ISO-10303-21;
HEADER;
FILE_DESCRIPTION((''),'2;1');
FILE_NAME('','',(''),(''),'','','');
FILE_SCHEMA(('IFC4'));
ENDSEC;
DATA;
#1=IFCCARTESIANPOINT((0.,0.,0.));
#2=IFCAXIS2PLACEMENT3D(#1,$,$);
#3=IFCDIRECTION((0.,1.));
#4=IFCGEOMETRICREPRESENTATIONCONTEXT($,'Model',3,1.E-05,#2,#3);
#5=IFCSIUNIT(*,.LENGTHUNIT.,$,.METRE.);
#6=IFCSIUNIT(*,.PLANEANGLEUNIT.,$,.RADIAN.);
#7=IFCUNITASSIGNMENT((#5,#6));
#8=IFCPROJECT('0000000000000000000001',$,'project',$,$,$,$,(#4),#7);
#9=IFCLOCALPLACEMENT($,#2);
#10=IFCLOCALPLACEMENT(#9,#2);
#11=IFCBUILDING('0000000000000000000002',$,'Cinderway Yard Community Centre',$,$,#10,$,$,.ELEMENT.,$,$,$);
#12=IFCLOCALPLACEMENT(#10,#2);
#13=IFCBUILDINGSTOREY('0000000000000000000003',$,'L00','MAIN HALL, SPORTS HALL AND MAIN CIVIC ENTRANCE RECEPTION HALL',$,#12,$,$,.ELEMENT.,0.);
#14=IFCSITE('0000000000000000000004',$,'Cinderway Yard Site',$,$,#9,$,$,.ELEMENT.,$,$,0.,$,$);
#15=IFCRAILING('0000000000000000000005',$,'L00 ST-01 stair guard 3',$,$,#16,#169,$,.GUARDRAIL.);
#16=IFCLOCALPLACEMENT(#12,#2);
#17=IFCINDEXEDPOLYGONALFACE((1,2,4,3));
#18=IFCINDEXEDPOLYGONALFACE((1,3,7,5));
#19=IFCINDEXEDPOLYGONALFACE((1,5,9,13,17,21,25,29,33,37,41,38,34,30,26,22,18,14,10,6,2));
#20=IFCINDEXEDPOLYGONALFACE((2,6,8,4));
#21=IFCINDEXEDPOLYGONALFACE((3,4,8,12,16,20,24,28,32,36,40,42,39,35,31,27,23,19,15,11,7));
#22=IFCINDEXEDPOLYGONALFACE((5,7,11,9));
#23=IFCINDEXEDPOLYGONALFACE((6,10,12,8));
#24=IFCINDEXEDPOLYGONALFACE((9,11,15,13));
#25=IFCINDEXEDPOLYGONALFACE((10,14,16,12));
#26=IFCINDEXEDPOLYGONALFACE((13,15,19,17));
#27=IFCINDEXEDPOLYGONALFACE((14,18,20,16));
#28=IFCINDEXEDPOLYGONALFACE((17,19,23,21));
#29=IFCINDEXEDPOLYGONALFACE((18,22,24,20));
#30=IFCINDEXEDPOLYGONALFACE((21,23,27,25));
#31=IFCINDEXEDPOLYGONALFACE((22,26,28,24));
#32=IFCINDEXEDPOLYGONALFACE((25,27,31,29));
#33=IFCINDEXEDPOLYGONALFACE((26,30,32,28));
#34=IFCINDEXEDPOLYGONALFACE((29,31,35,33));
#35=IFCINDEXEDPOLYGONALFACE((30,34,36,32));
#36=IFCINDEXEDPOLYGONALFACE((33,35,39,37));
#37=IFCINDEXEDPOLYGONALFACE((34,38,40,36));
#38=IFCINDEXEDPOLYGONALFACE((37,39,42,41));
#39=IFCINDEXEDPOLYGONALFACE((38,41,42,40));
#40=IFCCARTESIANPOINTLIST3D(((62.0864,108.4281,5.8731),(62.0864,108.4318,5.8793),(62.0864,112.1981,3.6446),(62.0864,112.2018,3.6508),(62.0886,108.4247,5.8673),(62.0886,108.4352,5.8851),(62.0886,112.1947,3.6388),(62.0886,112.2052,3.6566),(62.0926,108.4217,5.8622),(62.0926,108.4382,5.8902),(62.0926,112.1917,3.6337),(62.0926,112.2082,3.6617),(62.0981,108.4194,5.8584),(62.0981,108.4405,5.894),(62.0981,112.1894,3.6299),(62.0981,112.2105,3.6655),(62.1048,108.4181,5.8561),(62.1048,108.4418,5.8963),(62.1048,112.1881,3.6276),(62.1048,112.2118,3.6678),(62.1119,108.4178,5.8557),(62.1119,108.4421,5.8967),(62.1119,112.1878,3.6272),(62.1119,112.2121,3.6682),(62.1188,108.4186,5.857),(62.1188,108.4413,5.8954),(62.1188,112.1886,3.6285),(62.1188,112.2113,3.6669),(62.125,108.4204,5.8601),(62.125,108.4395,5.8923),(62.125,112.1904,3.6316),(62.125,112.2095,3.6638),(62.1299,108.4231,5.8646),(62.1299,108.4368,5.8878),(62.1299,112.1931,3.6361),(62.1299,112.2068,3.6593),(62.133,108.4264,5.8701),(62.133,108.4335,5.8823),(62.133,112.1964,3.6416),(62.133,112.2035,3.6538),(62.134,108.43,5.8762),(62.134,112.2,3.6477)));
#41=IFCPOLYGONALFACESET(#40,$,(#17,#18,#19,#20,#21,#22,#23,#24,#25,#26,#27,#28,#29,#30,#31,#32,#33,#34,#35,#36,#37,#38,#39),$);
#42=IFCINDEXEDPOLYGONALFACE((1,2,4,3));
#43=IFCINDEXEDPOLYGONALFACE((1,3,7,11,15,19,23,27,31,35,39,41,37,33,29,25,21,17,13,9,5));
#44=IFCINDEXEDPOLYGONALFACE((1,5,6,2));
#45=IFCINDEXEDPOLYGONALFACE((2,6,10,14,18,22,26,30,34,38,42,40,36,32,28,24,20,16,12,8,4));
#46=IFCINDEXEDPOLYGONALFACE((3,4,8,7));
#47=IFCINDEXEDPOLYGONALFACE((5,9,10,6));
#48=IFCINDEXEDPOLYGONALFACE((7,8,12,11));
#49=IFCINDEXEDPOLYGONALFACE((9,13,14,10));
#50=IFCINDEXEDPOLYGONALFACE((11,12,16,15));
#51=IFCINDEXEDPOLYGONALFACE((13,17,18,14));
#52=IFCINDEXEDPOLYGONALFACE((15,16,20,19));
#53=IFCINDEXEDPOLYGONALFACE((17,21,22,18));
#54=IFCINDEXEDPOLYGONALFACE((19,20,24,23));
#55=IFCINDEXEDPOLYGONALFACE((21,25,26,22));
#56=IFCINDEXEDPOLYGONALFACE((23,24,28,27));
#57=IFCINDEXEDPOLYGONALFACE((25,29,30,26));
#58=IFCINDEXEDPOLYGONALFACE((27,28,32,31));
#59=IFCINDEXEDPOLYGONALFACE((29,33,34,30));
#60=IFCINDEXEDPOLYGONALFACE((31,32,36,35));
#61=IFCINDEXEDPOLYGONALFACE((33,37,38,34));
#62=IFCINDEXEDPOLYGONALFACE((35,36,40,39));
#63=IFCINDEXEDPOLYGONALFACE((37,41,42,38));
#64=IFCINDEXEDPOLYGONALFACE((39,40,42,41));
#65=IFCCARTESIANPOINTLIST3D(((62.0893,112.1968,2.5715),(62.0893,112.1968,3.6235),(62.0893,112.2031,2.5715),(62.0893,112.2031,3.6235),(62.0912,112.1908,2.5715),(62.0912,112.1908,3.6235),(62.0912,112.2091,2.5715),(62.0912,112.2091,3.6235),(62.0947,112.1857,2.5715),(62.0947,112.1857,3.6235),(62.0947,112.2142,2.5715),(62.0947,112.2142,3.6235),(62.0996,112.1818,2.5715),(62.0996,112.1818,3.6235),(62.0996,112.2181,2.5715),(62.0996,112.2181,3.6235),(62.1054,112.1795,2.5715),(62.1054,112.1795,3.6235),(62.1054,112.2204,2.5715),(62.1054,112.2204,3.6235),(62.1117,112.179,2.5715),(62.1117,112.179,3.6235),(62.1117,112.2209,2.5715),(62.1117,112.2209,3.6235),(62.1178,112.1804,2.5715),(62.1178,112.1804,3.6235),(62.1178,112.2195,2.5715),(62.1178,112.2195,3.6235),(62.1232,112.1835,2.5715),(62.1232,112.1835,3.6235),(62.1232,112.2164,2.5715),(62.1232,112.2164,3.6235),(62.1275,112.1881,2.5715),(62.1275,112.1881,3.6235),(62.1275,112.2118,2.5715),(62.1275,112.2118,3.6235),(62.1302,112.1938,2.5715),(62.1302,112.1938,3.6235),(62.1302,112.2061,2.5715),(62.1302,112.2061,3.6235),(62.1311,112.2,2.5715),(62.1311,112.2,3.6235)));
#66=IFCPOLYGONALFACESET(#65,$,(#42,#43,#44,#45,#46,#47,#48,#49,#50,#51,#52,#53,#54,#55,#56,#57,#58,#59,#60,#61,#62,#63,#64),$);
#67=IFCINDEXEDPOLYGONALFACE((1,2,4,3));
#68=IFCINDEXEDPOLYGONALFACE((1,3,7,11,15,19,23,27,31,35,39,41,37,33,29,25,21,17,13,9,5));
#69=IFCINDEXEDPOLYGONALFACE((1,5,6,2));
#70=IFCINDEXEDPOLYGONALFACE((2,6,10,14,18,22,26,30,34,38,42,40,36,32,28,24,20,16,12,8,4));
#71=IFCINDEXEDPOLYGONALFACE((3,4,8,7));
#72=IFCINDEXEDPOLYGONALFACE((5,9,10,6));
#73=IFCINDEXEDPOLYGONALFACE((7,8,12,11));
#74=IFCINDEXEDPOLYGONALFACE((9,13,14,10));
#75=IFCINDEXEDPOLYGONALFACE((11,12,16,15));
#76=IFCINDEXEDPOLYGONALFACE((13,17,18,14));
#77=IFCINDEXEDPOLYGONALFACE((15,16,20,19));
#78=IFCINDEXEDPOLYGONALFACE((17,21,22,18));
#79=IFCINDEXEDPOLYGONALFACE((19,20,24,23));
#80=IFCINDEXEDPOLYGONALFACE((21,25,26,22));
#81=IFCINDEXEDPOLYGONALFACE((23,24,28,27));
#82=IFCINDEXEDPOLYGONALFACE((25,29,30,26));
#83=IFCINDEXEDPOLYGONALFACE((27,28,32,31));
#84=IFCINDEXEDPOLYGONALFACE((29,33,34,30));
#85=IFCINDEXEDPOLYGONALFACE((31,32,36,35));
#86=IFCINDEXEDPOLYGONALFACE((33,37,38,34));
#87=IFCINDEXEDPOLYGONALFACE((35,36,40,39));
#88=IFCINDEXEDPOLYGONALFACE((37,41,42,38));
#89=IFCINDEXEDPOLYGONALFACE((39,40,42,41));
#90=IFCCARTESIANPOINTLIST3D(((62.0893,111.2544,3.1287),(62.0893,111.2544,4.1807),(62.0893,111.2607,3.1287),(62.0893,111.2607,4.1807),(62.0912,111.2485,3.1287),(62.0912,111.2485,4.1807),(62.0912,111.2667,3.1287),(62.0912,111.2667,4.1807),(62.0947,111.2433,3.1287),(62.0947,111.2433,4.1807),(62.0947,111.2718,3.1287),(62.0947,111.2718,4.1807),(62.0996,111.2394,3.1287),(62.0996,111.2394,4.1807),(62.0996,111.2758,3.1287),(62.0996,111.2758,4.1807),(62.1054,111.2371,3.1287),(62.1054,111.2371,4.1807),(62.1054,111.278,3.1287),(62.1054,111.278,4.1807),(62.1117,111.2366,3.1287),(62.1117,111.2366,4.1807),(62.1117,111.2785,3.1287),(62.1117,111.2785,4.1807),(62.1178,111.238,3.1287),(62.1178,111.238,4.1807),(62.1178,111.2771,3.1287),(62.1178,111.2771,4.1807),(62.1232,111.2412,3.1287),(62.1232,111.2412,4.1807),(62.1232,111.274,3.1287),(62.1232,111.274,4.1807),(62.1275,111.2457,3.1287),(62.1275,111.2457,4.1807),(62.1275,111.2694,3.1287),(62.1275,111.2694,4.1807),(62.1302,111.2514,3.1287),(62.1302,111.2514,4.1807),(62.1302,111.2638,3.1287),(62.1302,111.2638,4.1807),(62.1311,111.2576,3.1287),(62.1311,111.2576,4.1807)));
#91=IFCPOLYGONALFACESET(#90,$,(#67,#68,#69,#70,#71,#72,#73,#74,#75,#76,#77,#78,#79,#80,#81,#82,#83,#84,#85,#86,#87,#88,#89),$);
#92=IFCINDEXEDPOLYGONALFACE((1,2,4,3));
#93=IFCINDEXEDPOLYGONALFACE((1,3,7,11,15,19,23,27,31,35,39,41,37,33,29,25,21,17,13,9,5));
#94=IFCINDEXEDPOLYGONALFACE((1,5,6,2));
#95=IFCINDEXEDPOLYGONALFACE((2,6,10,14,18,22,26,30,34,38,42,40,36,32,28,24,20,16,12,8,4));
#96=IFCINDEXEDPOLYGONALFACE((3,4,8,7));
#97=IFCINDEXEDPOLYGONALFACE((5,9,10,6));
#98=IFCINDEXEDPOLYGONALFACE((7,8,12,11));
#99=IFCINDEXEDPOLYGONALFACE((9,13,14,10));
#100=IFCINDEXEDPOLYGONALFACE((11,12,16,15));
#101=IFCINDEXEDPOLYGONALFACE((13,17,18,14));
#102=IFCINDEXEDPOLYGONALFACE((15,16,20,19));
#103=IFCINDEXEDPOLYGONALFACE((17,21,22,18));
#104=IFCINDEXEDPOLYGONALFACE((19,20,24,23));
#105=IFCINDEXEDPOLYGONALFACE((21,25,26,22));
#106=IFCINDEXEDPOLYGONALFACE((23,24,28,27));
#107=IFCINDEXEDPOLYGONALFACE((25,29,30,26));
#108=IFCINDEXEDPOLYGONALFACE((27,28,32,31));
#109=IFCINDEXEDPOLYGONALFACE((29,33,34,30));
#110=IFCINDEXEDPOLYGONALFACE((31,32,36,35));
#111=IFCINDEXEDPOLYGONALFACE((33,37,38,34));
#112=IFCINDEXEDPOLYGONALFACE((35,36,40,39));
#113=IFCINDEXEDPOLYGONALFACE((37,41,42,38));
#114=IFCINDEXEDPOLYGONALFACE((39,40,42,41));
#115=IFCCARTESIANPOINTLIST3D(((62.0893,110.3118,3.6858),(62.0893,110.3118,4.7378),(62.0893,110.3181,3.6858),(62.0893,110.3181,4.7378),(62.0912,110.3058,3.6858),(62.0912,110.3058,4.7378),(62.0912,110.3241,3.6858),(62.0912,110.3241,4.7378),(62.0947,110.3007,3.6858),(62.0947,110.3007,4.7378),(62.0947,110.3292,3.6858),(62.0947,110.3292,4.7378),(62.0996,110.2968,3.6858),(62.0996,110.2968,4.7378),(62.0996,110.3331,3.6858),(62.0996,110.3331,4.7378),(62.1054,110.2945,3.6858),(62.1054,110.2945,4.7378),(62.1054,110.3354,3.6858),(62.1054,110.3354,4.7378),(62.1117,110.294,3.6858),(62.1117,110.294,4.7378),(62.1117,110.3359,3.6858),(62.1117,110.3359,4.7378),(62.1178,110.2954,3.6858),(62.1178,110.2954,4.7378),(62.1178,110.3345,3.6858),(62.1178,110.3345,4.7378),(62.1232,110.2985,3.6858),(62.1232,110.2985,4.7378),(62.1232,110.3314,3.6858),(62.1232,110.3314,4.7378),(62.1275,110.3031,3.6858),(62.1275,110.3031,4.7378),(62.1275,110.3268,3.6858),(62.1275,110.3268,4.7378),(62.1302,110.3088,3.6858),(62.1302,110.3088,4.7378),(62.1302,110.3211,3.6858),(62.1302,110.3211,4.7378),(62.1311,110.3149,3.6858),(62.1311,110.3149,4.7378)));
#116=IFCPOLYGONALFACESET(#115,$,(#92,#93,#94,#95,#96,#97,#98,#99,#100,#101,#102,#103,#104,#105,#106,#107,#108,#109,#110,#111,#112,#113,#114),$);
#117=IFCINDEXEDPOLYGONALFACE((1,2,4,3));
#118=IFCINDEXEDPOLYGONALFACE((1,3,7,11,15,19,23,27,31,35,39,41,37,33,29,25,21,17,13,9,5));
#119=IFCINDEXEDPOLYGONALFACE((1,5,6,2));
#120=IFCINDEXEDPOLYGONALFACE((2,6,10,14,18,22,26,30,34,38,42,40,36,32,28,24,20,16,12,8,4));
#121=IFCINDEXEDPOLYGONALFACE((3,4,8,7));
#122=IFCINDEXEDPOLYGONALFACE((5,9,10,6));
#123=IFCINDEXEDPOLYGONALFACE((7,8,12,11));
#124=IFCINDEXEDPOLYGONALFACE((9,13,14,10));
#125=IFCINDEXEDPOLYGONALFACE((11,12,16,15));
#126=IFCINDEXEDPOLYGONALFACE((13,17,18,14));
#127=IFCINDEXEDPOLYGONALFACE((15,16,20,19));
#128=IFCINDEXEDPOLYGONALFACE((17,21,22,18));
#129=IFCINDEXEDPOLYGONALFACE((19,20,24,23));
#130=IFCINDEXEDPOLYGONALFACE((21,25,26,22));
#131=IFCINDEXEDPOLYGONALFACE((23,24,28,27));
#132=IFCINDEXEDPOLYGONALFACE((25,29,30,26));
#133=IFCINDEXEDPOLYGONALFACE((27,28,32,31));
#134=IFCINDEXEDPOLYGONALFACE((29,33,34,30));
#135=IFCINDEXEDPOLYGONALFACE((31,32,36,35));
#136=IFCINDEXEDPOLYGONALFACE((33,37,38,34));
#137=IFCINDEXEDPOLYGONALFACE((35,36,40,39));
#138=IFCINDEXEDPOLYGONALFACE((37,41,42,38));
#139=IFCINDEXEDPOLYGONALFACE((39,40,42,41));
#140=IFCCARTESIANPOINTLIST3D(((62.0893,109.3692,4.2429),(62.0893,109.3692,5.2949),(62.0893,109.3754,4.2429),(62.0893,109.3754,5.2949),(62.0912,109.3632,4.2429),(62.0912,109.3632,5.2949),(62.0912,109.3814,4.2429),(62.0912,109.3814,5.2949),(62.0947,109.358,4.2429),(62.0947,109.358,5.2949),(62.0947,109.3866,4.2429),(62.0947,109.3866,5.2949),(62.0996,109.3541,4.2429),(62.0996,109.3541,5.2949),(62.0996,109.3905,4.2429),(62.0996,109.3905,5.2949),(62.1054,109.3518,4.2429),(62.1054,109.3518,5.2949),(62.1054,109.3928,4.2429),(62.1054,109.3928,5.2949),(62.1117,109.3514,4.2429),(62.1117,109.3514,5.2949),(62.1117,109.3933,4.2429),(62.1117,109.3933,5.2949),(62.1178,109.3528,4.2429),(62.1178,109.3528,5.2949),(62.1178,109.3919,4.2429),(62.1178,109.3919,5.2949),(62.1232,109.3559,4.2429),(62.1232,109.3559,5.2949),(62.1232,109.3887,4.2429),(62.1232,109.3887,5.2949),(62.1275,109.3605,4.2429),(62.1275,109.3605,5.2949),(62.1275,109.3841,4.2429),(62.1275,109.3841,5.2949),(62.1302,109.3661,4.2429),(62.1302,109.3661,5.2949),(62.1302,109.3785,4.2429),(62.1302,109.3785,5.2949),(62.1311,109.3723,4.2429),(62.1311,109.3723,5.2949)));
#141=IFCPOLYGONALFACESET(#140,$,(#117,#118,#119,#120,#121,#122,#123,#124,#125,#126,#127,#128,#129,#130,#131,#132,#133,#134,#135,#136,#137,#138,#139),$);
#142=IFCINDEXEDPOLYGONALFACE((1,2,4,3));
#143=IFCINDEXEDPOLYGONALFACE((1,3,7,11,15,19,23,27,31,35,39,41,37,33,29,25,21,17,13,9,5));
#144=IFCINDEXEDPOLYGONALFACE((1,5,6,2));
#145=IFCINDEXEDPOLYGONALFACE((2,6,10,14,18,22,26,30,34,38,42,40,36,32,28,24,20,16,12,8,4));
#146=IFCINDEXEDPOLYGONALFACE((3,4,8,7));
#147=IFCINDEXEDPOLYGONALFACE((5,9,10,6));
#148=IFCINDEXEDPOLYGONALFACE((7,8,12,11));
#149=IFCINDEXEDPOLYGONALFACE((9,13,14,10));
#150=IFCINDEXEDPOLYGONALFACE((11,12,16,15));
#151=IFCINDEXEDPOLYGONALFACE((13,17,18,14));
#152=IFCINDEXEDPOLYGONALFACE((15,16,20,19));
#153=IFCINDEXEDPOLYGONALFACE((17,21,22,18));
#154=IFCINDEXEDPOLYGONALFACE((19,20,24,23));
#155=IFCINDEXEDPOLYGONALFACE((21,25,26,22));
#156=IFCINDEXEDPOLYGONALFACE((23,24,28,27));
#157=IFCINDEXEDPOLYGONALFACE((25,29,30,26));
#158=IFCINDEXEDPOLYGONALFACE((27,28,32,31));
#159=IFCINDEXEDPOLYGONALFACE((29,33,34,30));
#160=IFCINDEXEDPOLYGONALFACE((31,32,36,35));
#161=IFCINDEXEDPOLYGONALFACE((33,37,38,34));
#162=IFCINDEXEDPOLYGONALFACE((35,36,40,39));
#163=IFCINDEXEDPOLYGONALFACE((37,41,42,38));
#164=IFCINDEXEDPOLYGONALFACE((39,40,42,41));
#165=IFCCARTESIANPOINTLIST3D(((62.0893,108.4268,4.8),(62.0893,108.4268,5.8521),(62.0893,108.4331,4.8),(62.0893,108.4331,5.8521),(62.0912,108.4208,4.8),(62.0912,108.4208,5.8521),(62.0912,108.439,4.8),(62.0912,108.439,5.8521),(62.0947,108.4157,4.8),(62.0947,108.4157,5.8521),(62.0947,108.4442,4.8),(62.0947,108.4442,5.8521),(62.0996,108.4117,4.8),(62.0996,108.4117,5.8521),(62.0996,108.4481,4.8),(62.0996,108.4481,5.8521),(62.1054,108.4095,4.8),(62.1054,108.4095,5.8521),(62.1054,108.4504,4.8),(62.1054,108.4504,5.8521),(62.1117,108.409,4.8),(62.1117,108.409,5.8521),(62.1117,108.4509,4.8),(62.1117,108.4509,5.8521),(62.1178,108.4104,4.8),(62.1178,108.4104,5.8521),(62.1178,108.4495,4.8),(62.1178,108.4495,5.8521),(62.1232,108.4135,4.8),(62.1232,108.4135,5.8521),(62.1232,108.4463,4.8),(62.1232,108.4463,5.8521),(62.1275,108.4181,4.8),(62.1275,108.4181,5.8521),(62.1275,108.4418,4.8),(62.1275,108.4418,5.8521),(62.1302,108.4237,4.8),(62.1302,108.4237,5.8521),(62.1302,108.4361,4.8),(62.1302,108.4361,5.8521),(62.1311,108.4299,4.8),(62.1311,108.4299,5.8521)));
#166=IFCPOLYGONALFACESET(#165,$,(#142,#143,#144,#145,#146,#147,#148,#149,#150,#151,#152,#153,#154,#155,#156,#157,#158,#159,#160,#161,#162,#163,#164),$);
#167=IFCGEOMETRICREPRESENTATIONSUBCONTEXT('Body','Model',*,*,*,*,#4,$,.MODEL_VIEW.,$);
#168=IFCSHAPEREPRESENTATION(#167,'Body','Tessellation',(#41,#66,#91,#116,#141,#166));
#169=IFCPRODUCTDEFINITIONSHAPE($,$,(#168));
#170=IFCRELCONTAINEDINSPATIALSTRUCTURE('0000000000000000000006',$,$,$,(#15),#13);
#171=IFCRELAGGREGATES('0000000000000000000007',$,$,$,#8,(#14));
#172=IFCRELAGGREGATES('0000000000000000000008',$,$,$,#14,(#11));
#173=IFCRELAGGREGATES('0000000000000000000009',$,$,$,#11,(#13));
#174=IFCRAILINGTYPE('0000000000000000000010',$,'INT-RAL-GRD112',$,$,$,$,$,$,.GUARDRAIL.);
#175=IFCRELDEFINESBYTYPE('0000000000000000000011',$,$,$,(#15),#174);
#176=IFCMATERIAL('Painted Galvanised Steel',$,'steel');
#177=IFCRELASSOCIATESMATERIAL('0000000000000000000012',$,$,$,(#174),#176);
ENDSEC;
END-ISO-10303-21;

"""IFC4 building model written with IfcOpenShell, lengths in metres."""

from ifc_helpers import new_model, si_unit, direction, frame, origin, origin_2d, place, context, subcontext, project, spatial, circle, extrude, material, type_object, element, save


model = new_model("IFC4")

# Units and contexts
model_context = context("Model", 3, precision=1e-05, world=origin(), true_north=direction((0.0, 1.0)))
body_context = subcontext(model_context, "Body", "Model", "MODEL_VIEW")
ifc_project = project(units=[si_unit("LENGTHUNIT", "METRE"), si_unit("PLANEANGLEUNIT", "RADIAN")], contexts=[model_context])

# Site, building, storey
site_placement = place(None, origin())
site = spatial("IfcSite", under=ifc_project, at=site_placement, Name="Cinderway Yard Site", CompositionType="ELEMENT", RefElevation=0.0)
building_placement = place(site_placement, origin())
building = spatial("IfcBuilding", under=site, at=building_placement, Name="Cinderway Yard Community Centre", CompositionType="ELEMENT")
storey_placement = place(building_placement, origin())
storey = spatial("IfcBuildingStorey", under=building, at=storey_placement, Name="L00", Description="MAIN HALL, SPORTS HALL AND MAIN CIVIC ENTRANCE RECEPTION HALL", CompositionType="ELEMENT", Elevation=0.0)

# Railing
ifc_material_1 = material(Name="Painted Galvanised Steel", Category="steel")
railing_type_1 = type_object("IfcRailingType", Name="INT-RAL-GRD112", PredefinedType="GUARDRAIL", material=ifc_material_1)
railing_1_placement = place(storey_placement, frame((62.1101, 112.2, 2.5715)))
element("IfcRailing", 1, at=railing_1_placement, inside=storey, type_object=railing_type_1, Name="L00 ST-01 stair guard 3", PredefinedType="GUARDRAIL", context=body_context, shape_type="SweptSolid", body=[
    extrude(circle(Radius=0.0239, at=origin_2d()), frame((0.0, 0.0, 1.0762), z_axis=(0.0, -0.860849, 0.508861), x_axis=(1.0, 0.0, 0.0)), (0.0, 0.0, 1.0), 4.3794),
    extrude(circle(Radius=0.021, at=origin_2d()), origin(), (0.0, 0.0, 1.0), 1.052),
    extrude(circle(Radius=0.021, at=origin_2d()), frame((0.0, -0.9424, 0.5571)), (0.0, 0.0, 1.0), 1.052),
    extrude(circle(Radius=0.021, at=origin_2d()), frame((0.0, -1.885, 1.1143)), (0.0, 0.0, 1.0), 1.052),
    extrude(circle(Radius=0.021, at=origin_2d()), frame((0.0, -2.8276, 1.6714)), (0.0, 0.0, 1.0), 1.052),
    extrude(circle(Radius=0.021, at=origin_2d()), frame((0.0, -3.77, 2.2285)), (0.0, 0.0, 1.0), 1.052),
])

save(model, "model.ifc")
